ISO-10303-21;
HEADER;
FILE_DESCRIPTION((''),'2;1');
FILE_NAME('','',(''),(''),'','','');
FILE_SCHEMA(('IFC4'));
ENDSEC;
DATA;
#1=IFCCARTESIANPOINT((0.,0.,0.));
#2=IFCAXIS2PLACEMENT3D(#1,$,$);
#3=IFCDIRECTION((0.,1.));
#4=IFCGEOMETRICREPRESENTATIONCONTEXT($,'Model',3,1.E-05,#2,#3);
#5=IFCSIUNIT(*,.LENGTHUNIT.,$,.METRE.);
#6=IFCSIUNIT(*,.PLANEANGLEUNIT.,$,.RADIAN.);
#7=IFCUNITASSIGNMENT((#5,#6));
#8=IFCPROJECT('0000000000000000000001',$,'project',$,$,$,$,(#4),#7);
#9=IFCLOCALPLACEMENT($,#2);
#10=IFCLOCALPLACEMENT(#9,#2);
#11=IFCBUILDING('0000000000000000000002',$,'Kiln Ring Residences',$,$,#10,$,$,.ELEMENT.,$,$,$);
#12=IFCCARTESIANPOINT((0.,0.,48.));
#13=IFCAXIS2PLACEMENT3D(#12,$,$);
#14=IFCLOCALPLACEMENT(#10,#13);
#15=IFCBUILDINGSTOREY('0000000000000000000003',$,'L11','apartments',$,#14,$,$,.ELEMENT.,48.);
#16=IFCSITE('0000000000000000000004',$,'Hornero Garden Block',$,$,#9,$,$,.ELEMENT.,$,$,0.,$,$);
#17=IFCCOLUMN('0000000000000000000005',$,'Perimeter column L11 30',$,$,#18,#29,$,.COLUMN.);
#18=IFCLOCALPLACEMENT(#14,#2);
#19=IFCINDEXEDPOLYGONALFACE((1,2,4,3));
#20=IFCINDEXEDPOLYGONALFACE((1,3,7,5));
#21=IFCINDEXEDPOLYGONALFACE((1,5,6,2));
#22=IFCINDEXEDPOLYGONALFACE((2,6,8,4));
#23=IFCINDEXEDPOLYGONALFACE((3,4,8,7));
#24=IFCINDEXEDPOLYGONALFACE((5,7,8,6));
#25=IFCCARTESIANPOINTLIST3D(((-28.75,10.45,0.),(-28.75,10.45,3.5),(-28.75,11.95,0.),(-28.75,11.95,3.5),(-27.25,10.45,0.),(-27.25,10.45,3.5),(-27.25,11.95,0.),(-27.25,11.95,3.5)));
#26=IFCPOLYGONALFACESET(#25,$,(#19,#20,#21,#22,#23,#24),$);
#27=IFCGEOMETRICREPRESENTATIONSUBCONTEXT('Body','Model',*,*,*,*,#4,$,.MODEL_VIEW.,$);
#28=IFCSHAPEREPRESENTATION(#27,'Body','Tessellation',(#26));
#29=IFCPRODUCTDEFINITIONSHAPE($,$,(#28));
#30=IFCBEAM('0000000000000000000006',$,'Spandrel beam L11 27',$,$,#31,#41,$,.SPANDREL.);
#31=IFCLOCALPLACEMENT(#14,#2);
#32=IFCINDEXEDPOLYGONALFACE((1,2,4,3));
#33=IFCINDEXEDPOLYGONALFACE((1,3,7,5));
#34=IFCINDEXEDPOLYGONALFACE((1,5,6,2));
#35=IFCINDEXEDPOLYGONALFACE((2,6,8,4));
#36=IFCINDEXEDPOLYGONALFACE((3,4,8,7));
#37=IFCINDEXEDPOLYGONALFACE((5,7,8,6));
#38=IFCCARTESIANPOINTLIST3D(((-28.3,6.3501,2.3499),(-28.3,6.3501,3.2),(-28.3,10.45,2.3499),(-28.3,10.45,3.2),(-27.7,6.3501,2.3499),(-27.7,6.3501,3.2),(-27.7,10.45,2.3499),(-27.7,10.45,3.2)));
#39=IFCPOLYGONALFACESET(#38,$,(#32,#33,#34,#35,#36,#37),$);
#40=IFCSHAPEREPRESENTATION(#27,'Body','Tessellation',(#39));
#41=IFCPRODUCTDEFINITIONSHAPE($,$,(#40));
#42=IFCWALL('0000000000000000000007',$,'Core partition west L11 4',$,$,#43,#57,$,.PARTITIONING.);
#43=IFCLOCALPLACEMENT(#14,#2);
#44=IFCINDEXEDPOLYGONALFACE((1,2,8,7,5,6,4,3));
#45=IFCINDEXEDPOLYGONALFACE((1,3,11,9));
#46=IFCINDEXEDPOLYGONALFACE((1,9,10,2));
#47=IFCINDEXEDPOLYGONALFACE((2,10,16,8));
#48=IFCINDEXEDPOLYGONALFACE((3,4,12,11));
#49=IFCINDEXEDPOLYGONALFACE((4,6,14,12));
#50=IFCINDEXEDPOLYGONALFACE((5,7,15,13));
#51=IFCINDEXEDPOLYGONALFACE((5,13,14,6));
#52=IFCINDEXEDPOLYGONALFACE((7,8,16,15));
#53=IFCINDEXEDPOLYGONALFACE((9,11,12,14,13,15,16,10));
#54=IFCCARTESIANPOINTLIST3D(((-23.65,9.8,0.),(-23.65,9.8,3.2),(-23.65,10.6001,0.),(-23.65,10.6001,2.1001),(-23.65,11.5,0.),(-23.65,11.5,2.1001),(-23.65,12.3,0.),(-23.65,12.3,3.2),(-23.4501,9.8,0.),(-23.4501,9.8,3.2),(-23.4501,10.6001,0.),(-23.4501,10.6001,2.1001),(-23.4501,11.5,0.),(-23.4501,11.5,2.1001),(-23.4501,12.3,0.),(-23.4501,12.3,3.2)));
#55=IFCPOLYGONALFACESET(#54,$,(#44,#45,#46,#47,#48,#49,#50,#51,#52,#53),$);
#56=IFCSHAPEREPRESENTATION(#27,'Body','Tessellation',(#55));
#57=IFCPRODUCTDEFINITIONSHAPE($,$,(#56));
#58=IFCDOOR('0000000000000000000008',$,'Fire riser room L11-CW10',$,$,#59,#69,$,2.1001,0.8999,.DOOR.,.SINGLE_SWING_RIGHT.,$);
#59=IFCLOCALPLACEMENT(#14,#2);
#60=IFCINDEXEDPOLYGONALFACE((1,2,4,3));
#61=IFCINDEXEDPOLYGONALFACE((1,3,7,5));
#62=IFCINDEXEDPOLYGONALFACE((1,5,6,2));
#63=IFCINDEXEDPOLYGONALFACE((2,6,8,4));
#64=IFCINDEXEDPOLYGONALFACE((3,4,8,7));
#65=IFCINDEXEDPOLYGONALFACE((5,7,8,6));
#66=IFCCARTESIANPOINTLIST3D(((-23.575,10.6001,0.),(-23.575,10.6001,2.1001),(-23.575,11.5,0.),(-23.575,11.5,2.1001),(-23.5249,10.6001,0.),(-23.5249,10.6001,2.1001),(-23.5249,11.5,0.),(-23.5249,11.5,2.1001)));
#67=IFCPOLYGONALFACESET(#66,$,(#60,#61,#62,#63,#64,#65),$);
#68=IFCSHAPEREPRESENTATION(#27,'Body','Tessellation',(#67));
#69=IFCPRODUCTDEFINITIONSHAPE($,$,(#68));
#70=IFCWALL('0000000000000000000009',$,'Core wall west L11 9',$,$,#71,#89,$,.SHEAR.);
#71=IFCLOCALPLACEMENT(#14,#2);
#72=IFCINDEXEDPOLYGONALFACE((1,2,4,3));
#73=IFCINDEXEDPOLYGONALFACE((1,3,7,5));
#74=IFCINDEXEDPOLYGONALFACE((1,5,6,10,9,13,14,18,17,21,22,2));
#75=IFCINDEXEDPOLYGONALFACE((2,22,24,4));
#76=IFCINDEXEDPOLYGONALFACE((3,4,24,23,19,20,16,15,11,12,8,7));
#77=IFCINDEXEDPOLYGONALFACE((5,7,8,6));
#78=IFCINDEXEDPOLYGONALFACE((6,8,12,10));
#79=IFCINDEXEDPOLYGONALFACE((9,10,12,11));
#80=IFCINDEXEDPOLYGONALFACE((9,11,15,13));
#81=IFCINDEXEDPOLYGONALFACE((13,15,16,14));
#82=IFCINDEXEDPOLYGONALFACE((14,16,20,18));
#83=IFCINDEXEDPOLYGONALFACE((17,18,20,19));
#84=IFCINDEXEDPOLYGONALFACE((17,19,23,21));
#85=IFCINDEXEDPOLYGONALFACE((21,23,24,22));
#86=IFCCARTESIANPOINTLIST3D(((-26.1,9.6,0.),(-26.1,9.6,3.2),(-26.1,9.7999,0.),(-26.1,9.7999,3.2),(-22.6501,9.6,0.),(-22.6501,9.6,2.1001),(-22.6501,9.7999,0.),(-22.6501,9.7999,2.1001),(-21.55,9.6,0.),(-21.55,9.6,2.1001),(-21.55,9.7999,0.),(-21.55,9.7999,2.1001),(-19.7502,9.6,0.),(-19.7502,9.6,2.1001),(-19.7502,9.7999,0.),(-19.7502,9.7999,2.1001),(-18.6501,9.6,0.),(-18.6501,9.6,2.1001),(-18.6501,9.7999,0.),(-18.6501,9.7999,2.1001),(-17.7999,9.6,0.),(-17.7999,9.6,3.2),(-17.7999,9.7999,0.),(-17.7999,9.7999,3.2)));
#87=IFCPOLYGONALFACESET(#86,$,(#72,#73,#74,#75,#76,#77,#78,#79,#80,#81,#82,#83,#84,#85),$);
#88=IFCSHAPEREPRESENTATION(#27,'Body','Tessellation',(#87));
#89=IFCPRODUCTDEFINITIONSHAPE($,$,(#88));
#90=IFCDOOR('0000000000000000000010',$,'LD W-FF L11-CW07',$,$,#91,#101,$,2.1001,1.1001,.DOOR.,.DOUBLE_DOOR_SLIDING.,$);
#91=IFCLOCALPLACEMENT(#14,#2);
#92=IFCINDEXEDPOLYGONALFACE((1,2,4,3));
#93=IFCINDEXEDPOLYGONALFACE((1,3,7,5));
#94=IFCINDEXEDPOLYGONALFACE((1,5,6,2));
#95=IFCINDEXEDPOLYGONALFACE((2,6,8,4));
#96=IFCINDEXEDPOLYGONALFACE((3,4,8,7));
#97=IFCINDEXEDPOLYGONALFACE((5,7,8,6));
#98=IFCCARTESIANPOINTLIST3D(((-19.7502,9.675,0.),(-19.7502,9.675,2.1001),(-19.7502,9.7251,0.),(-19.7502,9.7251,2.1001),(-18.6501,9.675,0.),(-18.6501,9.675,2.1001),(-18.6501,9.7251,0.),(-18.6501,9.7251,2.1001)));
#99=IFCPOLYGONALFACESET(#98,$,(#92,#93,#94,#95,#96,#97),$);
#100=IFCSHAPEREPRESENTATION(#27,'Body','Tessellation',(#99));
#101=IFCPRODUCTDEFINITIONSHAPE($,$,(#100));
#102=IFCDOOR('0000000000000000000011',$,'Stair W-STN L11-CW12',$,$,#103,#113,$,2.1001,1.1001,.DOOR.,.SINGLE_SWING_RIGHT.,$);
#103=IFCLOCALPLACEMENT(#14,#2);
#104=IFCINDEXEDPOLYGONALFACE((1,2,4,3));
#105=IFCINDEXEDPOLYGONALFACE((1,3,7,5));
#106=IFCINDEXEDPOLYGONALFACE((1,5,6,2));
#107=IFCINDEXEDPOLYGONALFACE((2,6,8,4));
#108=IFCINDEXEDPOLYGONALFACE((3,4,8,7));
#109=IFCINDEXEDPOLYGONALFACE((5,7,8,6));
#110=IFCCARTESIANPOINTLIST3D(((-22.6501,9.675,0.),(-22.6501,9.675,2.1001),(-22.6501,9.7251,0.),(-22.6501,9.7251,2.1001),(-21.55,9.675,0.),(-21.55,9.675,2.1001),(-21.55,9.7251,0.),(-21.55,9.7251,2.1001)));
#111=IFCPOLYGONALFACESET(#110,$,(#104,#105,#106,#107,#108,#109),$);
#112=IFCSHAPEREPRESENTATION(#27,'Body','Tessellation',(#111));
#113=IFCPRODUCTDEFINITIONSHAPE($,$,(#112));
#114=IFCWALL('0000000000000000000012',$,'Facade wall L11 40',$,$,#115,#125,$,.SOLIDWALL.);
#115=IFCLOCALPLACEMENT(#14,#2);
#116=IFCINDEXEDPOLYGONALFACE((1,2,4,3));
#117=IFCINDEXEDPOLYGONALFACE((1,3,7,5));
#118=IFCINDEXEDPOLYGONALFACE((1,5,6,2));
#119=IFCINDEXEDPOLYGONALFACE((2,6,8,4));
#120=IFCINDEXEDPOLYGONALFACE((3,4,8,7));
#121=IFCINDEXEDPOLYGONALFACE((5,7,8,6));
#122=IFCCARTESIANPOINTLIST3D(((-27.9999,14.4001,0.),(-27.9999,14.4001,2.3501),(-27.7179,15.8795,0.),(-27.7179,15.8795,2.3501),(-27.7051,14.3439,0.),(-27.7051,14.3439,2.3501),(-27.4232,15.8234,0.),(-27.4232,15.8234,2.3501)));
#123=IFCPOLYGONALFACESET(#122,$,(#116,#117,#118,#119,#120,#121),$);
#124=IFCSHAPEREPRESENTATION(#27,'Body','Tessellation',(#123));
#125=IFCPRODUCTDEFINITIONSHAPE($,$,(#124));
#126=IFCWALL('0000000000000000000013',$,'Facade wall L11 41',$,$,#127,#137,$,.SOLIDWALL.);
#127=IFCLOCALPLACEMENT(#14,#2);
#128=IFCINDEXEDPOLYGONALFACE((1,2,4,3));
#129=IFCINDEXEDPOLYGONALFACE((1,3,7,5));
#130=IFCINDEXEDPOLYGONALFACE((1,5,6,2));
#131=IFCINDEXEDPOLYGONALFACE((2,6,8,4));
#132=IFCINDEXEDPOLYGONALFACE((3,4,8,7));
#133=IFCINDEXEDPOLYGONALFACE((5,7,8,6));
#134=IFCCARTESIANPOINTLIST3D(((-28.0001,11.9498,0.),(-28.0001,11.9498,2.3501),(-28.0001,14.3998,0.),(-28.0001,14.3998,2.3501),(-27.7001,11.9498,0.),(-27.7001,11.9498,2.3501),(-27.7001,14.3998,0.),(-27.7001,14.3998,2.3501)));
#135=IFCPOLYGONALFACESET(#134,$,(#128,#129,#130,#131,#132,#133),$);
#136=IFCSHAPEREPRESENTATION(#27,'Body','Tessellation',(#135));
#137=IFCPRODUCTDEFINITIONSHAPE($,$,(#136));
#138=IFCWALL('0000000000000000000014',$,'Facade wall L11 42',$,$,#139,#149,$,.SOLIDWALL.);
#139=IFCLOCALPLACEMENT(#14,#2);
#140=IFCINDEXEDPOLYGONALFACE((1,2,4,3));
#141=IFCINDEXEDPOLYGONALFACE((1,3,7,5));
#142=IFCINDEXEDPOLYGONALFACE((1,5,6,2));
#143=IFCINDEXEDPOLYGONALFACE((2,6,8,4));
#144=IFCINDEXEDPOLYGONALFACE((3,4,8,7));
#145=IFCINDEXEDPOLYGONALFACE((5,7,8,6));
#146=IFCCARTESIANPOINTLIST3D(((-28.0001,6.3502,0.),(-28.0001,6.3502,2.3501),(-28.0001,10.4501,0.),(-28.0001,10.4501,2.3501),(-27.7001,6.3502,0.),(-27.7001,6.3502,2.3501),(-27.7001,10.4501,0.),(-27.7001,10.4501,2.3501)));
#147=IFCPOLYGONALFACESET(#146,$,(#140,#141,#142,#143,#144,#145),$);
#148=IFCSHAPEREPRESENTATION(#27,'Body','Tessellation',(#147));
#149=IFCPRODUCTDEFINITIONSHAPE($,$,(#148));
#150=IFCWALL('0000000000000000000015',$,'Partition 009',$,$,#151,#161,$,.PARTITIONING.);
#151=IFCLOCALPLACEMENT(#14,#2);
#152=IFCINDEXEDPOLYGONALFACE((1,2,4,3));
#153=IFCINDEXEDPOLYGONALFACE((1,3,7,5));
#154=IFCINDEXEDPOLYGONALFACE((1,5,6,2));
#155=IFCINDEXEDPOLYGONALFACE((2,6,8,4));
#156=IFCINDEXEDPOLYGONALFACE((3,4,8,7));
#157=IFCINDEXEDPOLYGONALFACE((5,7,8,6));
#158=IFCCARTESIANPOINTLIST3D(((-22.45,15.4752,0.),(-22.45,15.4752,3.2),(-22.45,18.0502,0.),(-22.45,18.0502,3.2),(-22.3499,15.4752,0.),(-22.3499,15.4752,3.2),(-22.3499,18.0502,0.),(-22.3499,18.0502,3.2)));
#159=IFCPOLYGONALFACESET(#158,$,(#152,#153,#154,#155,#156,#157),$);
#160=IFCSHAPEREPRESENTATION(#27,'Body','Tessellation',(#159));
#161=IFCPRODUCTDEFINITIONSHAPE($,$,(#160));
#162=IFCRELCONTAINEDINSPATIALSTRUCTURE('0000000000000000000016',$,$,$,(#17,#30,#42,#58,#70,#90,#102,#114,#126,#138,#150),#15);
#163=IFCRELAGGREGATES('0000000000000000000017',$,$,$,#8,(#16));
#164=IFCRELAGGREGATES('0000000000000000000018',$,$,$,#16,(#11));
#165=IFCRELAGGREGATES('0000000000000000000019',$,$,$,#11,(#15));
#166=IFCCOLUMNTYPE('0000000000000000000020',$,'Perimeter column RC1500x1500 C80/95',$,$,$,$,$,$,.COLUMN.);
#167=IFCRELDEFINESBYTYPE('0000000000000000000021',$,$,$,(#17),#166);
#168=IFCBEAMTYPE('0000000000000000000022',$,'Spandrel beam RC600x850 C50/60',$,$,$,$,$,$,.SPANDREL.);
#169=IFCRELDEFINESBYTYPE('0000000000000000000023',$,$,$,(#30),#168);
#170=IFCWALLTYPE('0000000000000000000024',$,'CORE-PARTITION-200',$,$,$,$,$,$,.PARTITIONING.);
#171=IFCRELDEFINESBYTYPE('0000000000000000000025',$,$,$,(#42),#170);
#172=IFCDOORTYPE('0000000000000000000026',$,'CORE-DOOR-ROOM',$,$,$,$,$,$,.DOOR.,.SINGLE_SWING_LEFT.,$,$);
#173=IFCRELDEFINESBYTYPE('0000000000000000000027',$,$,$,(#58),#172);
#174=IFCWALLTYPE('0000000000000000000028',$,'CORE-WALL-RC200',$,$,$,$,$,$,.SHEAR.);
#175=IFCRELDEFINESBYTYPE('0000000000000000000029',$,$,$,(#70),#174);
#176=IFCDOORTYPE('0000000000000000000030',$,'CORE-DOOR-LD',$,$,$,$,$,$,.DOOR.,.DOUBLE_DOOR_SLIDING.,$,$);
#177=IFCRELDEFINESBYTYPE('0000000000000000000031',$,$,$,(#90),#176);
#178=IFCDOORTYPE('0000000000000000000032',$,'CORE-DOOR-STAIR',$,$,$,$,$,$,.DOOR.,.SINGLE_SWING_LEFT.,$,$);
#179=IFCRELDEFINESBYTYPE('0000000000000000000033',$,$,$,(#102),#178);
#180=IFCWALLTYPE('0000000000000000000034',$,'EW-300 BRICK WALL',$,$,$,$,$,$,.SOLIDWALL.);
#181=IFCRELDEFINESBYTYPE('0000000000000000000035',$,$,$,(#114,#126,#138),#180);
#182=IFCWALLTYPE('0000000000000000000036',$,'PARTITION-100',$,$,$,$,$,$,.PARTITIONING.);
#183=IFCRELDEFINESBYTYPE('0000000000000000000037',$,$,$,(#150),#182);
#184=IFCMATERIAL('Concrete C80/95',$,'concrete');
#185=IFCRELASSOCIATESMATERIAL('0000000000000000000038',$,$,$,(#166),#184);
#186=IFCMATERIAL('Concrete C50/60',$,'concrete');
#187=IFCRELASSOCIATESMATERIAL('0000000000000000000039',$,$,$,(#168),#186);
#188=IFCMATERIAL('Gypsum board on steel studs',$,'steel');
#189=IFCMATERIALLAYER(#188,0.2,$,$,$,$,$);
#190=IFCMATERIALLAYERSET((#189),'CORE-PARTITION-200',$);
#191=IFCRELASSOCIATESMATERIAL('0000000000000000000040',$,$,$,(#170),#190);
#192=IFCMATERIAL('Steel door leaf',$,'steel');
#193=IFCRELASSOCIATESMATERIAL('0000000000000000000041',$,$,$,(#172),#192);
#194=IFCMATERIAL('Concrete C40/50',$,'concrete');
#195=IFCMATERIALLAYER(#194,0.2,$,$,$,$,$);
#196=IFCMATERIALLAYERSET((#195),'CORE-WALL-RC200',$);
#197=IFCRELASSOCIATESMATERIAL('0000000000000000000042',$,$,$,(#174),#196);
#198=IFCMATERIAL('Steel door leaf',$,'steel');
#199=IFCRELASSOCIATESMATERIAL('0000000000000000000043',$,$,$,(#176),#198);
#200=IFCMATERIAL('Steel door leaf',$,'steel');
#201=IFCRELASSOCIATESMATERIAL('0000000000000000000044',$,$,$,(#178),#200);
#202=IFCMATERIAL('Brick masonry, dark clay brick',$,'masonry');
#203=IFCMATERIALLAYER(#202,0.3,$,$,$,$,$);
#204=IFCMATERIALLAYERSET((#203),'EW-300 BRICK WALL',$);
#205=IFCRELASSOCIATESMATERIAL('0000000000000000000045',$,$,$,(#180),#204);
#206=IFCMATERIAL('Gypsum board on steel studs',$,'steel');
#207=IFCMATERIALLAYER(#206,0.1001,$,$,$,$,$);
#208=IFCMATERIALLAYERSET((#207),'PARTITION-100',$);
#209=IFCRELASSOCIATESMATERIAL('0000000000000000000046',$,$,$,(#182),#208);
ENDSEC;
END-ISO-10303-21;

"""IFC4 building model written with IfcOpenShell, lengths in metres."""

from ifc_helpers import new_model, si_unit, direction, frame, frame_2d, origin, origin_2d, place, context, subcontext, project, spatial, rectangle, extrude, material, layer, layer_set, material_profile, profile_set, type_object, element, fill, save


model = new_model("IFC4")

# Units and contexts
model_context = context("Model", 3, precision=1e-05, world=origin(), true_north=direction((0.0, 1.0)))
body_context = subcontext(model_context, "Body", "Model", "MODEL_VIEW")
ifc_project = project(units=[si_unit("LENGTHUNIT", "METRE"), si_unit("PLANEANGLEUNIT", "RADIAN")], contexts=[model_context])

# Site, building, storey
site_placement = place(None, origin())
site = spatial("IfcSite", under=ifc_project, at=site_placement, Name="Hornero Garden Block", CompositionType="ELEMENT", RefElevation=0.0)
building_placement = place(site_placement, origin())
building = spatial("IfcBuilding", under=site, at=building_placement, Name="Kiln Ring Residences", CompositionType="ELEMENT")
storey_placement = place(building_placement, frame((0.0, 0.0, 48.0)))
storey = spatial("IfcBuildingStorey", under=building, at=storey_placement, Name="L11", Description="apartments", CompositionType="ELEMENT", Elevation=48.0)

# Column
ifc_material_1 = material(Name="Concrete C80/95", Category="concrete")
ifc_material_profile_1 = material_profile(ifc_material_1, rectangle(XDim=1.5, YDim=1.5, at=origin_2d()), Name="RC1500x1500")
ifc_profile_set_1 = profile_set([ifc_material_profile_1], Name="Concrete C80/95")
column_type = type_object("IfcColumnType", Name="Perimeter column RC1500x1500 C80/95", PredefinedType="COLUMN", material=ifc_profile_set_1)
column_placement = place(storey_placement, frame((-28.0, 11.2, 0.0), z_axis=(0.0, 0.0, 1.0), x_axis=(1.0, 0.0, 0.0)))
element("IfcColumn", 1, at=column_placement, inside=storey, type_object=column_type, Name="Perimeter column L11 30", PredefinedType="COLUMN", context=body_context, shape_type="SweptSolid", body=[
    extrude(rectangle(XDim=1.5, YDim=1.5, at=origin_2d()), origin(), (0.0, 0.0, 1.0), 3.5),
])

# Beam
ifc_material_2 = material(Name="Concrete C50/60", Category="concrete")
ifc_material_profile_2 = material_profile(ifc_material_2, rectangle(XDim=0.6001, YDim=0.8501, at=origin_2d()), Name="RC600x850")
ifc_profile_set_2 = profile_set([ifc_material_profile_2], Name="Concrete C50/60")
beam_type = type_object("IfcBeamType", Name="Spandrel beam RC600x850 C50/60", PredefinedType="SPANDREL", material=ifc_profile_set_2)
beam_placement = place(storey_placement, frame((-28.0, 10.45, 2.7749), z_axis=(0.0, -1.0, 0.0), x_axis=(1.0, 0.0, 0.0)))
element("IfcBeam", 2, at=beam_placement, inside=storey, type_object=beam_type, Name="Spandrel beam L11 27", PredefinedType="SPANDREL", context=body_context, shape_type="SweptSolid", body=[
    extrude(rectangle(XDim=0.6001, YDim=0.8501, at=origin_2d()), origin(), (0.0, 0.0, 1.0), 4.0999),
])

# Wall, opening, door
ifc_material_3 = material(Name="Gypsum board on steel studs", Category="steel")
ifc_layer_1 = layer(ifc_material_3, 0.2)
ifc_layer_set_1 = layer_set([ifc_layer_1], Name="CORE-PARTITION-200")
wall_type_1 = type_object("IfcWallType", Name="CORE-PARTITION-200", PredefinedType="PARTITIONING", material=ifc_layer_set_1)
wall_1_placement = place(storey_placement, frame((-23.55, 9.8, 0.0), z_axis=(0.0, 0.0, 1.0), x_axis=(0.0, 1.0, 0.0)))
wall_1 = element("IfcWall", 3, at=wall_1_placement, inside=storey, type_object=wall_type_1, Name="Core partition west L11 4", PredefinedType="PARTITIONING", context=body_context, shape_type="SweptSolid", body=[
    extrude(rectangle(XDim=2.5, YDim=0.2, at=frame_2d((1.25, 0.0))), origin(), (0.0, 0.0, 1.0), 3.2),
])
opening_1_placement = place(wall_1_placement, frame((0.8, 0.0, 0.0)))
opening_1 = element("IfcOpeningElement", 4, at=opening_1_placement, cuts=wall_1, PredefinedType="OPENING", context=body_context, shape_type="SweptSolid", body=[
    extrude(rectangle(XDim=0.8999, YDim=2.1001, at=frame_2d((0.45, 1.05))), frame((0.0, 0.1099, 0.0), z_axis=(0.0, -1.0, 0.0), x_axis=(1.0, 0.0, 0.0)), (0.0, 0.0, 1.0), 0.22),
])
ifc_material_4 = material(Name="Steel door leaf", Category="steel")
door_type_1 = type_object("IfcDoorType", Name="CORE-DOOR-ROOM", OperationType="SINGLE_SWING_LEFT", PredefinedType="DOOR", material=ifc_material_4)
door_1_placement = place(opening_1_placement, origin())
door_1 = element("IfcDoor", 5, at=door_1_placement, inside=storey, type_object=door_type_1, Name="Fire riser room L11-CW10", OperationType="SINGLE_SWING_RIGHT", OverallHeight=2.1001, OverallWidth=0.8999, PredefinedType="DOOR", context=body_context, shape_type="SweptSolid", body=[
    extrude(rectangle(XDim=0.8999, YDim=2.1001, at=frame_2d((0.45, 1.05))), frame((0.0, 0.0249, 0.0), z_axis=(0.0, -1.0, 0.0), x_axis=(1.0, 0.0, 0.0)), (0.0, 0.0, 1.0), 0.05),
])
fill(opening_1, door_1)

# Wall, openings, doors
ifc_material_5 = material(Name="Concrete C40/50", Category="concrete")
ifc_layer_2 = layer(ifc_material_5, 0.2)
ifc_layer_set_2 = layer_set([ifc_layer_2], Name="CORE-WALL-RC200")
wall_type_2 = type_object("IfcWallType", Name="CORE-WALL-RC200", PredefinedType="SHEAR", material=ifc_layer_set_2)
wall_2_placement = place(storey_placement, frame((-17.8, 9.7, 0.0), z_axis=(0.0, 0.0, 1.0), x_axis=(-1.0, 0.0, 0.0)))
wall_2 = element("IfcWall", 6, at=wall_2_placement, inside=storey, type_object=wall_type_2, Name="Core wall west L11 9", PredefinedType="SHEAR", context=body_context, shape_type="SweptSolid", body=[
    extrude(rectangle(XDim=8.3, YDim=0.2, at=frame_2d((4.1499, 0.0))), origin(), (0.0, 0.0, 1.0), 3.2),
])
opening_2_placement = place(wall_2_placement, frame((0.8501, 0.0, 0.0)))
opening_2 = element("IfcOpeningElement", 7, at=opening_2_placement, cuts=wall_2, PredefinedType="OPENING", context=body_context, shape_type="SweptSolid", body=[
    extrude(rectangle(XDim=1.1001, YDim=2.1001, at=frame_2d((0.55, 1.05))), frame((0.0, 0.1099, 0.0), z_axis=(0.0, -1.0, 0.0), x_axis=(1.0, 0.0, 0.0)), (0.0, 0.0, 1.0), 0.22),
])
opening_3_placement = place(wall_2_placement, frame((3.75, 0.0, 0.0)))
opening_3 = element("IfcOpeningElement", 8, at=opening_3_placement, cuts=wall_2, PredefinedType="OPENING", context=body_context, shape_type="SweptSolid", body=[
    extrude(rectangle(XDim=1.1001, YDim=2.1001, at=frame_2d((0.55, 1.05))), frame((0.0, 0.1099, 0.0), z_axis=(0.0, -1.0, 0.0), x_axis=(1.0, 0.0, 0.0)), (0.0, 0.0, 1.0), 0.22),
])
ifc_material_6 = material(Name="Steel door leaf", Category="steel")
door_type_2 = type_object("IfcDoorType", Name="CORE-DOOR-LD", OperationType="DOUBLE_DOOR_SLIDING", PredefinedType="DOOR", material=ifc_material_6)
door_2_placement = place(opening_2_placement, origin())
door_2 = element("IfcDoor", 9, at=door_2_placement, inside=storey, type_object=door_type_2, Name="LD W-FF L11-CW07", OperationType="DOUBLE_DOOR_SLIDING", OverallHeight=2.1001, OverallWidth=1.1001, PredefinedType="DOOR", context=body_context, shape_type="SweptSolid", body=[
    extrude(rectangle(XDim=1.1001, YDim=2.1001, at=frame_2d((0.55, 1.05))), frame((0.0, 0.0249, 0.0), z_axis=(0.0, -1.0, 0.0), x_axis=(1.0, 0.0, 0.0)), (0.0, 0.0, 1.0), 0.05),
])
fill(opening_2, door_2)
ifc_material_7 = material(Name="Steel door leaf", Category="steel")
door_type_3 = type_object("IfcDoorType", Name="CORE-DOOR-STAIR", OperationType="SINGLE_SWING_LEFT", PredefinedType="DOOR", material=ifc_material_7)
door_3_placement = place(opening_3_placement, origin())
door_3 = element("IfcDoor", 10, at=door_3_placement, inside=storey, type_object=door_type_3, Name="Stair W-STN L11-CW12", OperationType="SINGLE_SWING_RIGHT", OverallHeight=2.1001, OverallWidth=1.1001, PredefinedType="DOOR", context=body_context, shape_type="SweptSolid", body=[
    extrude(rectangle(XDim=1.1001, YDim=2.1001, at=frame_2d((0.55, 1.05))), frame((0.0, 0.0249, 0.0), z_axis=(0.0, -1.0, 0.0), x_axis=(1.0, 0.0, 0.0)), (0.0, 0.0, 1.0), 0.05),
])
fill(opening_3, door_3)

# Walls
ifc_material_8 = material(Name="Brick masonry, dark clay brick", Category="masonry")
ifc_layer_3 = layer(ifc_material_8, 0.3)
ifc_layer_set_3 = layer_set([ifc_layer_3], Name="EW-300 BRICK WALL")
wall_type_3 = type_object("IfcWallType", Name="EW-300 BRICK WALL", PredefinedType="SOLIDWALL", material=ifc_layer_set_3)
wall_3_placement = place(storey_placement, frame((-27.5706, 15.8513, 0.0), z_axis=(0.0, 0.0, 1.0), x_axis=(-0.187224, -0.982317, 0.0)))
element("IfcWall", 11, at=wall_3_placement, inside=storey, type_object=wall_type_3, Name="Facade wall L11 40", PredefinedType="SOLIDWALL", context=body_context, shape_type="SweptSolid", body=[
    extrude(rectangle(XDim=1.5061, YDim=0.3, at=frame_2d((0.7529, 0.0))), origin(), (0.0, 0.0, 1.0), 2.3501),
])
wall_4_placement = place(storey_placement, frame((-27.8501, 14.3999, 0.0), z_axis=(0.0, 0.0, 1.0), x_axis=(0.0, -1.0, 0.0)))
element("IfcWall", 12, at=wall_4_placement, inside=storey, type_object=wall_type_3, Name="Facade wall L11 41", PredefinedType="SOLIDWALL", context=body_context, shape_type="SweptSolid", body=[
    extrude(rectangle(XDim=2.45, YDim=0.3, at=frame_2d((1.2251, 0.0))), origin(), (0.0, 0.0, 1.0), 2.3501),
])
wall_5_placement = place(storey_placement, frame((-27.8501, 10.45, 0.0), z_axis=(0.0, 0.0, 1.0), x_axis=(0.0, -1.0, 0.0)))
element("IfcWall", 13, at=wall_5_placement, inside=storey, type_object=wall_type_3, Name="Facade wall L11 42", PredefinedType="SOLIDWALL", context=body_context, shape_type="SweptSolid", body=[
    extrude(rectangle(XDim=4.0999, YDim=0.3, at=frame_2d((2.0498, 0.0))), origin(), (0.0, 0.0, 1.0), 2.3501),
])
ifc_material_9 = material(Name="Gypsum board on steel studs", Category="steel")
ifc_layer_4 = layer(ifc_material_9, 0.1001)
ifc_layer_set_4 = layer_set([ifc_layer_4], Name="PARTITION-100")
wall_type_4 = type_object("IfcWallType", Name="PARTITION-100", PredefinedType="PARTITIONING", material=ifc_layer_set_4)
wall_6_placement = place(storey_placement, frame((-22.3999, 15.4751, 0.0), z_axis=(0.0, 0.0, 1.0), x_axis=(0.0, 1.0, 0.0)))
element("IfcWall", 14, at=wall_6_placement, inside=storey, type_object=wall_type_4, Name="Partition 009", PredefinedType="PARTITIONING", context=body_context, shape_type="SweptSolid", body=[
    extrude(rectangle(XDim=2.575, YDim=0.1001, at=frame_2d((1.2876, 0.0))), origin(), (0.0, 0.0, 1.0), 3.2),
])

save(model, "model.ifc")
